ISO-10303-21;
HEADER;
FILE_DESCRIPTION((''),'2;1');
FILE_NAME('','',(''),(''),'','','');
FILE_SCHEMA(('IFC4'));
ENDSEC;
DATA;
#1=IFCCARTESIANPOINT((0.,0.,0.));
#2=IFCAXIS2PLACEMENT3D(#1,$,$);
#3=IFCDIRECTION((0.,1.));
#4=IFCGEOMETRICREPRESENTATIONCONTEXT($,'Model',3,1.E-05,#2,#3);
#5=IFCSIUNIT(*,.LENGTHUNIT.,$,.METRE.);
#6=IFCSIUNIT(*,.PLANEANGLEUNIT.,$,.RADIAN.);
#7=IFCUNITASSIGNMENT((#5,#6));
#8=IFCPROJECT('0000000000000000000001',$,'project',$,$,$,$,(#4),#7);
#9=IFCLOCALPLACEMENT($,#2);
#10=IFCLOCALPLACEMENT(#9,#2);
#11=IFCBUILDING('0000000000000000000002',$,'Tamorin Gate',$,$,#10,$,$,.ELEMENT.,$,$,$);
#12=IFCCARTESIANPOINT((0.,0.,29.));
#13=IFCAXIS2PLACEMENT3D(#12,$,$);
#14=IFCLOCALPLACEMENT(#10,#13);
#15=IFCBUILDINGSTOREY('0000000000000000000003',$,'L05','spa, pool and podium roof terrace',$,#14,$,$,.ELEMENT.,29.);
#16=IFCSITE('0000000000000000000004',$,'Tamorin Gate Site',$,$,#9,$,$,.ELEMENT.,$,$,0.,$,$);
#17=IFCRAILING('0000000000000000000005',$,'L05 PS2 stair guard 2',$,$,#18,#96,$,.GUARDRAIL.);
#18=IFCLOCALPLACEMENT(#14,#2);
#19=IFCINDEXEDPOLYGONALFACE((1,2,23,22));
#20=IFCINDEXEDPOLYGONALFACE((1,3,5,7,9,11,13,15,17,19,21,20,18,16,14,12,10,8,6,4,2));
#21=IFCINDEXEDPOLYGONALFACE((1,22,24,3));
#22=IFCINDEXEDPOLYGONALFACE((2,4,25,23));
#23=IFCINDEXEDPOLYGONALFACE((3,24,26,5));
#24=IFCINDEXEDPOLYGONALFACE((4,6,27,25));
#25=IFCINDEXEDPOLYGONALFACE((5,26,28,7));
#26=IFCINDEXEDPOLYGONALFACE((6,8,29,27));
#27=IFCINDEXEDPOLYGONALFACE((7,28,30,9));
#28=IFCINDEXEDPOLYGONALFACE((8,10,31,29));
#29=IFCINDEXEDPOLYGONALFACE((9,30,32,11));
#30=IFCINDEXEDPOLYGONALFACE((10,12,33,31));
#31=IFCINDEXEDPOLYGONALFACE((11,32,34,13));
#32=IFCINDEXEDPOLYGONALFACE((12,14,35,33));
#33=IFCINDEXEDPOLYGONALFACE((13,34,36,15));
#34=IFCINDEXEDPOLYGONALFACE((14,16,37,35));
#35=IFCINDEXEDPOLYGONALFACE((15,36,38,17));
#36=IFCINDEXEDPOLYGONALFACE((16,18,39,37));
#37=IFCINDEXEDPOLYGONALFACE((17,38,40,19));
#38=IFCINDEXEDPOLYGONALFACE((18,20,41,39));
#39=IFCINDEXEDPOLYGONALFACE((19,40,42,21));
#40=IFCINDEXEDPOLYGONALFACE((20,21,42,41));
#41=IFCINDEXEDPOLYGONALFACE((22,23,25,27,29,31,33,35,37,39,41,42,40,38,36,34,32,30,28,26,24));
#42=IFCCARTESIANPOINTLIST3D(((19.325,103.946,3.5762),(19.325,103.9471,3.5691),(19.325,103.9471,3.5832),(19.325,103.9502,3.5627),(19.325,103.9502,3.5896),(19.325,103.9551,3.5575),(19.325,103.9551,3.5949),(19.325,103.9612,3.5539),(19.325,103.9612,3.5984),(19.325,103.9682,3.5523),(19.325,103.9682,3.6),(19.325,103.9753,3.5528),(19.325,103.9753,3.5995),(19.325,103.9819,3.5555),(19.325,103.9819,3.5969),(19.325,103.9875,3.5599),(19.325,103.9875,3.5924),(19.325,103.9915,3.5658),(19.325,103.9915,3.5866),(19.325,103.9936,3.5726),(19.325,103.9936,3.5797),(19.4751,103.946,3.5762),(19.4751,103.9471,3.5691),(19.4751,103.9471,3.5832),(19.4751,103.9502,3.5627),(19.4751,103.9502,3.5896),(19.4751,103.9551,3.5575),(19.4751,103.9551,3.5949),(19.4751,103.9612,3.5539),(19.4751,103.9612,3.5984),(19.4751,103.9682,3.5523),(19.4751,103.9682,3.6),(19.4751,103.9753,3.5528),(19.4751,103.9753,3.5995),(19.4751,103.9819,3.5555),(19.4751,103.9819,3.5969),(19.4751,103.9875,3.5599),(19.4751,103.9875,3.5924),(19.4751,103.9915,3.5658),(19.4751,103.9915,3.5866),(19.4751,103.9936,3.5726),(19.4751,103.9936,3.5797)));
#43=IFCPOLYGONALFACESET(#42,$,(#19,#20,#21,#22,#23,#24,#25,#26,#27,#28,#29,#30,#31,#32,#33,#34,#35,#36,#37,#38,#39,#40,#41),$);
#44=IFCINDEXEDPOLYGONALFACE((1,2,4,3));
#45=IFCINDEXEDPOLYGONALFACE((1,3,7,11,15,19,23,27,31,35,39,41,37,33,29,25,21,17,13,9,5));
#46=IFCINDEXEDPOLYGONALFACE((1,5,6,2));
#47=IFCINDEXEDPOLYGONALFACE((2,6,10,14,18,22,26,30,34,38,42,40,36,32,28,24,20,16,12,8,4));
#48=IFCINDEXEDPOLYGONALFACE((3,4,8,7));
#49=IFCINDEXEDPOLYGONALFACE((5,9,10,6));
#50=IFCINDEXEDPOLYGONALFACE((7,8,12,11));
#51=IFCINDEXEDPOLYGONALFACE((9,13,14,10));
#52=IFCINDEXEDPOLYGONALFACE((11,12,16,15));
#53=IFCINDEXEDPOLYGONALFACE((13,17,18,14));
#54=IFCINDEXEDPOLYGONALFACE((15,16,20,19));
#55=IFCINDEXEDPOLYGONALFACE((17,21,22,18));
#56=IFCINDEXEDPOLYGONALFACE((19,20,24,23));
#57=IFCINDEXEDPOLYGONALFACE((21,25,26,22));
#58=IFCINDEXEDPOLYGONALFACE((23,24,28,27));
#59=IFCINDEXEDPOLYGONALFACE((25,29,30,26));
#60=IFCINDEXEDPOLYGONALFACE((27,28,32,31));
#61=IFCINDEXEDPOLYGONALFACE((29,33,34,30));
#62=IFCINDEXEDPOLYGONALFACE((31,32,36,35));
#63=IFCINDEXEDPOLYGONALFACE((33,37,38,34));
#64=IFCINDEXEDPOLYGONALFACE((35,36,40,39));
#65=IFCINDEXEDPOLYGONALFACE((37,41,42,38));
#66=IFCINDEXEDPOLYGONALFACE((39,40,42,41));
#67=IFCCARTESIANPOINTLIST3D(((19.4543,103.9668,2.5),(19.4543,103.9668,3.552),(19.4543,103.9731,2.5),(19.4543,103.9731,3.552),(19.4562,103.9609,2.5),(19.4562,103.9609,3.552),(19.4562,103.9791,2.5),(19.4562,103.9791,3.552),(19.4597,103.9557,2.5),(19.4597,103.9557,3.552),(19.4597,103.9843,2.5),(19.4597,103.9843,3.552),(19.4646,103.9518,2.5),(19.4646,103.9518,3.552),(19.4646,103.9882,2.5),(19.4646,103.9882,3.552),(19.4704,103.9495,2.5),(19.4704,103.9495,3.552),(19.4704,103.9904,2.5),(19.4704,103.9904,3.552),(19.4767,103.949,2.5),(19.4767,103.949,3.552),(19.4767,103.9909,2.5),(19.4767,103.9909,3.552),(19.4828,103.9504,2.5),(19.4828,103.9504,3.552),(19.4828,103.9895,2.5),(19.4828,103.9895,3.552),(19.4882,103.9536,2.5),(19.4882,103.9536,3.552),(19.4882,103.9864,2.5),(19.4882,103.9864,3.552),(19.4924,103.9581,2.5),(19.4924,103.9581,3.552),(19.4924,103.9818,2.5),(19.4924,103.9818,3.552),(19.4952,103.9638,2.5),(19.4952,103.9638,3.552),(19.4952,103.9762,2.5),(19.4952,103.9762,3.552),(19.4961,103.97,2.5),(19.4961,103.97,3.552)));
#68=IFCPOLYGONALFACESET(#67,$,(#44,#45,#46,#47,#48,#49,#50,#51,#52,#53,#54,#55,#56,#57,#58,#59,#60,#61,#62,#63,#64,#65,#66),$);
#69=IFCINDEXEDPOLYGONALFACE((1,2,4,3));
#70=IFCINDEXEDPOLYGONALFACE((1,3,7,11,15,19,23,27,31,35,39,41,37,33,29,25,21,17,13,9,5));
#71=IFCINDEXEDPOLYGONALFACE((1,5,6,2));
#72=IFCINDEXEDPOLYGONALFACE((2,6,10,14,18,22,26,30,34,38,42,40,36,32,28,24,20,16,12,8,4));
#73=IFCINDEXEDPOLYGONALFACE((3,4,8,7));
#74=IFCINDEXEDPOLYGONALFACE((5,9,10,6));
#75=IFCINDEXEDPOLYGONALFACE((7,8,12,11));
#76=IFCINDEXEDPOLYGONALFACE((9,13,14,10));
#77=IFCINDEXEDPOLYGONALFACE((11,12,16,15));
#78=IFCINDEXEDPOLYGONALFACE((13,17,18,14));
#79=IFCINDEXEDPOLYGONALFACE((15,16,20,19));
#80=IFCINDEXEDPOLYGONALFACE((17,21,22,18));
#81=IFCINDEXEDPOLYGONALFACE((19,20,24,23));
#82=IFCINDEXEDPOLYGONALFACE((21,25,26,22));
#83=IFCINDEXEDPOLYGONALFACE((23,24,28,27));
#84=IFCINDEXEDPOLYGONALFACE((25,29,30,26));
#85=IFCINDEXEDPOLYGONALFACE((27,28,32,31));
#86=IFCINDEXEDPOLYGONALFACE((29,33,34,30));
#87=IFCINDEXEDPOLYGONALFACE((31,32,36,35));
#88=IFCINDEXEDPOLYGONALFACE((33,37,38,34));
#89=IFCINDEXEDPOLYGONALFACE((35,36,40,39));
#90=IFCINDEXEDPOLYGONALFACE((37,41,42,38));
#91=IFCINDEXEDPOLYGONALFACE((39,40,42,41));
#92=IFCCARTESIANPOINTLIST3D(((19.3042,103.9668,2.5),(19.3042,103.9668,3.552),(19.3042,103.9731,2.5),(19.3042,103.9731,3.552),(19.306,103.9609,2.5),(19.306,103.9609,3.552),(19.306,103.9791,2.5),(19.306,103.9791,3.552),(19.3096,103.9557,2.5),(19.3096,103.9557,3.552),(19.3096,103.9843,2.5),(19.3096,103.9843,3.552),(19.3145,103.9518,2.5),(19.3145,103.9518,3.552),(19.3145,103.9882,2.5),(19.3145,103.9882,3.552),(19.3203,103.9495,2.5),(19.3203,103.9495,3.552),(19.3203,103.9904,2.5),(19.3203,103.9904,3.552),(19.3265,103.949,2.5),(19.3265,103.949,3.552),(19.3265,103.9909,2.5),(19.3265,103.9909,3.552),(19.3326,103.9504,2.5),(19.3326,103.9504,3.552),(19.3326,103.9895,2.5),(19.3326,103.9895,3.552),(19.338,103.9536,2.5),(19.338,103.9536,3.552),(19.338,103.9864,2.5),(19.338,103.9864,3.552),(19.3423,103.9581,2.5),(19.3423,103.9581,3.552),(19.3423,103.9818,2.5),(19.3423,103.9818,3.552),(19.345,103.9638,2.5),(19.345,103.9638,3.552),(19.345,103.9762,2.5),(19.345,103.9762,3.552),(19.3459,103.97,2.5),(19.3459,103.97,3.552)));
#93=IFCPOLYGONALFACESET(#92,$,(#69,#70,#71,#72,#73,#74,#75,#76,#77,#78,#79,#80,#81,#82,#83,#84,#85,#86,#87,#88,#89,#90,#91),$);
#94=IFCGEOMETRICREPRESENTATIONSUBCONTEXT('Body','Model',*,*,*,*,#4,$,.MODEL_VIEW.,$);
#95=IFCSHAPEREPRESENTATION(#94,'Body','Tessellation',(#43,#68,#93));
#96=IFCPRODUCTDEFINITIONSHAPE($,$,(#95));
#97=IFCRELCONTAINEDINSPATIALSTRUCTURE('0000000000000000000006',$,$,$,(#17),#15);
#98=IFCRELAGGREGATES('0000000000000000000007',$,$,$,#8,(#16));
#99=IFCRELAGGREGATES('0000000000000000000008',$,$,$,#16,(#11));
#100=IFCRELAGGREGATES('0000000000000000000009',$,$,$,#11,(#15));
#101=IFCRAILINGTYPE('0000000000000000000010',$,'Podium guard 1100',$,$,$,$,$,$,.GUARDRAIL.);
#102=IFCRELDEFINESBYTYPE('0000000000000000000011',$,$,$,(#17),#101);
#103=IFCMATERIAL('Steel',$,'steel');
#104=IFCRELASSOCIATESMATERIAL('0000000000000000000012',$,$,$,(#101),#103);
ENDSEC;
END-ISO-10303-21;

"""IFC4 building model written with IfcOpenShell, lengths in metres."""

from ifc_helpers import new_model, si_unit, direction, frame, origin, origin_2d, place, context, subcontext, project, spatial, circle, extrude, material, type_object, element, save


model = new_model("IFC4")

# Units and contexts
model_context = context("Model", 3, precision=1e-05, world=origin(), true_north=direction((0.0, 1.0)))
body_context = subcontext(model_context, "Body", "Model", "MODEL_VIEW")
ifc_project = project(units=[si_unit("LENGTHUNIT", "METRE"), si_unit("PLANEANGLEUNIT", "RADIAN")], contexts=[model_context])

# Site, building, storey
site_placement = place(None, origin())
site = spatial("IfcSite", under=ifc_project, at=site_placement, Name="Tamorin Gate Site", CompositionType="ELEMENT", RefElevation=0.0)
building_placement = place(site_placement, origin())
building = spatial("IfcBuilding", under=site, at=building_placement, Name="Tamorin Gate", CompositionType="ELEMENT")
storey_placement = place(building_placement, frame((0.0, 0.0, 29.0)))
storey = spatial("IfcBuildingStorey", under=building, at=storey_placement, Name="L05", Description="spa, pool and podium roof terrace", CompositionType="ELEMENT", Elevation=29.0)

# Railing
ifc_material_1 = material(Name="Steel", Category="steel")
railing_type_1 = type_object("IfcRailingType", Name="Podium guard 1100", PredefinedType="GUARDRAIL", material=ifc_material_1)
railing_1_placement = place(storey_placement, frame((19.4751, 103.97, 2.5)))
element("IfcRailing", 1, at=railing_1_placement, inside=storey, type_object=railing_type_1, Name="L05 PS2 stair guard 2", PredefinedType="GUARDRAIL", context=body_context, shape_type="SweptSolid", body=[
    extrude(circle(Radius=0.0239, at=origin_2d()), frame((0.0, 0.0, 1.0762), z_axis=(-1.0, 0.0, 0.0), x_axis=(0.0, -1.0, 0.0)), (0.0, 0.0, 1.0), 0.1501),
    extrude(circle(Radius=0.021, at=origin_2d()), origin(), (0.0, 0.0, 1.0), 1.052),
    extrude(circle(Radius=0.021, at=origin_2d()), frame((-0.1501, 0.0, 0.0)), (0.0, 0.0, 1.0), 1.052),
])

save(model, "model.ifc")
